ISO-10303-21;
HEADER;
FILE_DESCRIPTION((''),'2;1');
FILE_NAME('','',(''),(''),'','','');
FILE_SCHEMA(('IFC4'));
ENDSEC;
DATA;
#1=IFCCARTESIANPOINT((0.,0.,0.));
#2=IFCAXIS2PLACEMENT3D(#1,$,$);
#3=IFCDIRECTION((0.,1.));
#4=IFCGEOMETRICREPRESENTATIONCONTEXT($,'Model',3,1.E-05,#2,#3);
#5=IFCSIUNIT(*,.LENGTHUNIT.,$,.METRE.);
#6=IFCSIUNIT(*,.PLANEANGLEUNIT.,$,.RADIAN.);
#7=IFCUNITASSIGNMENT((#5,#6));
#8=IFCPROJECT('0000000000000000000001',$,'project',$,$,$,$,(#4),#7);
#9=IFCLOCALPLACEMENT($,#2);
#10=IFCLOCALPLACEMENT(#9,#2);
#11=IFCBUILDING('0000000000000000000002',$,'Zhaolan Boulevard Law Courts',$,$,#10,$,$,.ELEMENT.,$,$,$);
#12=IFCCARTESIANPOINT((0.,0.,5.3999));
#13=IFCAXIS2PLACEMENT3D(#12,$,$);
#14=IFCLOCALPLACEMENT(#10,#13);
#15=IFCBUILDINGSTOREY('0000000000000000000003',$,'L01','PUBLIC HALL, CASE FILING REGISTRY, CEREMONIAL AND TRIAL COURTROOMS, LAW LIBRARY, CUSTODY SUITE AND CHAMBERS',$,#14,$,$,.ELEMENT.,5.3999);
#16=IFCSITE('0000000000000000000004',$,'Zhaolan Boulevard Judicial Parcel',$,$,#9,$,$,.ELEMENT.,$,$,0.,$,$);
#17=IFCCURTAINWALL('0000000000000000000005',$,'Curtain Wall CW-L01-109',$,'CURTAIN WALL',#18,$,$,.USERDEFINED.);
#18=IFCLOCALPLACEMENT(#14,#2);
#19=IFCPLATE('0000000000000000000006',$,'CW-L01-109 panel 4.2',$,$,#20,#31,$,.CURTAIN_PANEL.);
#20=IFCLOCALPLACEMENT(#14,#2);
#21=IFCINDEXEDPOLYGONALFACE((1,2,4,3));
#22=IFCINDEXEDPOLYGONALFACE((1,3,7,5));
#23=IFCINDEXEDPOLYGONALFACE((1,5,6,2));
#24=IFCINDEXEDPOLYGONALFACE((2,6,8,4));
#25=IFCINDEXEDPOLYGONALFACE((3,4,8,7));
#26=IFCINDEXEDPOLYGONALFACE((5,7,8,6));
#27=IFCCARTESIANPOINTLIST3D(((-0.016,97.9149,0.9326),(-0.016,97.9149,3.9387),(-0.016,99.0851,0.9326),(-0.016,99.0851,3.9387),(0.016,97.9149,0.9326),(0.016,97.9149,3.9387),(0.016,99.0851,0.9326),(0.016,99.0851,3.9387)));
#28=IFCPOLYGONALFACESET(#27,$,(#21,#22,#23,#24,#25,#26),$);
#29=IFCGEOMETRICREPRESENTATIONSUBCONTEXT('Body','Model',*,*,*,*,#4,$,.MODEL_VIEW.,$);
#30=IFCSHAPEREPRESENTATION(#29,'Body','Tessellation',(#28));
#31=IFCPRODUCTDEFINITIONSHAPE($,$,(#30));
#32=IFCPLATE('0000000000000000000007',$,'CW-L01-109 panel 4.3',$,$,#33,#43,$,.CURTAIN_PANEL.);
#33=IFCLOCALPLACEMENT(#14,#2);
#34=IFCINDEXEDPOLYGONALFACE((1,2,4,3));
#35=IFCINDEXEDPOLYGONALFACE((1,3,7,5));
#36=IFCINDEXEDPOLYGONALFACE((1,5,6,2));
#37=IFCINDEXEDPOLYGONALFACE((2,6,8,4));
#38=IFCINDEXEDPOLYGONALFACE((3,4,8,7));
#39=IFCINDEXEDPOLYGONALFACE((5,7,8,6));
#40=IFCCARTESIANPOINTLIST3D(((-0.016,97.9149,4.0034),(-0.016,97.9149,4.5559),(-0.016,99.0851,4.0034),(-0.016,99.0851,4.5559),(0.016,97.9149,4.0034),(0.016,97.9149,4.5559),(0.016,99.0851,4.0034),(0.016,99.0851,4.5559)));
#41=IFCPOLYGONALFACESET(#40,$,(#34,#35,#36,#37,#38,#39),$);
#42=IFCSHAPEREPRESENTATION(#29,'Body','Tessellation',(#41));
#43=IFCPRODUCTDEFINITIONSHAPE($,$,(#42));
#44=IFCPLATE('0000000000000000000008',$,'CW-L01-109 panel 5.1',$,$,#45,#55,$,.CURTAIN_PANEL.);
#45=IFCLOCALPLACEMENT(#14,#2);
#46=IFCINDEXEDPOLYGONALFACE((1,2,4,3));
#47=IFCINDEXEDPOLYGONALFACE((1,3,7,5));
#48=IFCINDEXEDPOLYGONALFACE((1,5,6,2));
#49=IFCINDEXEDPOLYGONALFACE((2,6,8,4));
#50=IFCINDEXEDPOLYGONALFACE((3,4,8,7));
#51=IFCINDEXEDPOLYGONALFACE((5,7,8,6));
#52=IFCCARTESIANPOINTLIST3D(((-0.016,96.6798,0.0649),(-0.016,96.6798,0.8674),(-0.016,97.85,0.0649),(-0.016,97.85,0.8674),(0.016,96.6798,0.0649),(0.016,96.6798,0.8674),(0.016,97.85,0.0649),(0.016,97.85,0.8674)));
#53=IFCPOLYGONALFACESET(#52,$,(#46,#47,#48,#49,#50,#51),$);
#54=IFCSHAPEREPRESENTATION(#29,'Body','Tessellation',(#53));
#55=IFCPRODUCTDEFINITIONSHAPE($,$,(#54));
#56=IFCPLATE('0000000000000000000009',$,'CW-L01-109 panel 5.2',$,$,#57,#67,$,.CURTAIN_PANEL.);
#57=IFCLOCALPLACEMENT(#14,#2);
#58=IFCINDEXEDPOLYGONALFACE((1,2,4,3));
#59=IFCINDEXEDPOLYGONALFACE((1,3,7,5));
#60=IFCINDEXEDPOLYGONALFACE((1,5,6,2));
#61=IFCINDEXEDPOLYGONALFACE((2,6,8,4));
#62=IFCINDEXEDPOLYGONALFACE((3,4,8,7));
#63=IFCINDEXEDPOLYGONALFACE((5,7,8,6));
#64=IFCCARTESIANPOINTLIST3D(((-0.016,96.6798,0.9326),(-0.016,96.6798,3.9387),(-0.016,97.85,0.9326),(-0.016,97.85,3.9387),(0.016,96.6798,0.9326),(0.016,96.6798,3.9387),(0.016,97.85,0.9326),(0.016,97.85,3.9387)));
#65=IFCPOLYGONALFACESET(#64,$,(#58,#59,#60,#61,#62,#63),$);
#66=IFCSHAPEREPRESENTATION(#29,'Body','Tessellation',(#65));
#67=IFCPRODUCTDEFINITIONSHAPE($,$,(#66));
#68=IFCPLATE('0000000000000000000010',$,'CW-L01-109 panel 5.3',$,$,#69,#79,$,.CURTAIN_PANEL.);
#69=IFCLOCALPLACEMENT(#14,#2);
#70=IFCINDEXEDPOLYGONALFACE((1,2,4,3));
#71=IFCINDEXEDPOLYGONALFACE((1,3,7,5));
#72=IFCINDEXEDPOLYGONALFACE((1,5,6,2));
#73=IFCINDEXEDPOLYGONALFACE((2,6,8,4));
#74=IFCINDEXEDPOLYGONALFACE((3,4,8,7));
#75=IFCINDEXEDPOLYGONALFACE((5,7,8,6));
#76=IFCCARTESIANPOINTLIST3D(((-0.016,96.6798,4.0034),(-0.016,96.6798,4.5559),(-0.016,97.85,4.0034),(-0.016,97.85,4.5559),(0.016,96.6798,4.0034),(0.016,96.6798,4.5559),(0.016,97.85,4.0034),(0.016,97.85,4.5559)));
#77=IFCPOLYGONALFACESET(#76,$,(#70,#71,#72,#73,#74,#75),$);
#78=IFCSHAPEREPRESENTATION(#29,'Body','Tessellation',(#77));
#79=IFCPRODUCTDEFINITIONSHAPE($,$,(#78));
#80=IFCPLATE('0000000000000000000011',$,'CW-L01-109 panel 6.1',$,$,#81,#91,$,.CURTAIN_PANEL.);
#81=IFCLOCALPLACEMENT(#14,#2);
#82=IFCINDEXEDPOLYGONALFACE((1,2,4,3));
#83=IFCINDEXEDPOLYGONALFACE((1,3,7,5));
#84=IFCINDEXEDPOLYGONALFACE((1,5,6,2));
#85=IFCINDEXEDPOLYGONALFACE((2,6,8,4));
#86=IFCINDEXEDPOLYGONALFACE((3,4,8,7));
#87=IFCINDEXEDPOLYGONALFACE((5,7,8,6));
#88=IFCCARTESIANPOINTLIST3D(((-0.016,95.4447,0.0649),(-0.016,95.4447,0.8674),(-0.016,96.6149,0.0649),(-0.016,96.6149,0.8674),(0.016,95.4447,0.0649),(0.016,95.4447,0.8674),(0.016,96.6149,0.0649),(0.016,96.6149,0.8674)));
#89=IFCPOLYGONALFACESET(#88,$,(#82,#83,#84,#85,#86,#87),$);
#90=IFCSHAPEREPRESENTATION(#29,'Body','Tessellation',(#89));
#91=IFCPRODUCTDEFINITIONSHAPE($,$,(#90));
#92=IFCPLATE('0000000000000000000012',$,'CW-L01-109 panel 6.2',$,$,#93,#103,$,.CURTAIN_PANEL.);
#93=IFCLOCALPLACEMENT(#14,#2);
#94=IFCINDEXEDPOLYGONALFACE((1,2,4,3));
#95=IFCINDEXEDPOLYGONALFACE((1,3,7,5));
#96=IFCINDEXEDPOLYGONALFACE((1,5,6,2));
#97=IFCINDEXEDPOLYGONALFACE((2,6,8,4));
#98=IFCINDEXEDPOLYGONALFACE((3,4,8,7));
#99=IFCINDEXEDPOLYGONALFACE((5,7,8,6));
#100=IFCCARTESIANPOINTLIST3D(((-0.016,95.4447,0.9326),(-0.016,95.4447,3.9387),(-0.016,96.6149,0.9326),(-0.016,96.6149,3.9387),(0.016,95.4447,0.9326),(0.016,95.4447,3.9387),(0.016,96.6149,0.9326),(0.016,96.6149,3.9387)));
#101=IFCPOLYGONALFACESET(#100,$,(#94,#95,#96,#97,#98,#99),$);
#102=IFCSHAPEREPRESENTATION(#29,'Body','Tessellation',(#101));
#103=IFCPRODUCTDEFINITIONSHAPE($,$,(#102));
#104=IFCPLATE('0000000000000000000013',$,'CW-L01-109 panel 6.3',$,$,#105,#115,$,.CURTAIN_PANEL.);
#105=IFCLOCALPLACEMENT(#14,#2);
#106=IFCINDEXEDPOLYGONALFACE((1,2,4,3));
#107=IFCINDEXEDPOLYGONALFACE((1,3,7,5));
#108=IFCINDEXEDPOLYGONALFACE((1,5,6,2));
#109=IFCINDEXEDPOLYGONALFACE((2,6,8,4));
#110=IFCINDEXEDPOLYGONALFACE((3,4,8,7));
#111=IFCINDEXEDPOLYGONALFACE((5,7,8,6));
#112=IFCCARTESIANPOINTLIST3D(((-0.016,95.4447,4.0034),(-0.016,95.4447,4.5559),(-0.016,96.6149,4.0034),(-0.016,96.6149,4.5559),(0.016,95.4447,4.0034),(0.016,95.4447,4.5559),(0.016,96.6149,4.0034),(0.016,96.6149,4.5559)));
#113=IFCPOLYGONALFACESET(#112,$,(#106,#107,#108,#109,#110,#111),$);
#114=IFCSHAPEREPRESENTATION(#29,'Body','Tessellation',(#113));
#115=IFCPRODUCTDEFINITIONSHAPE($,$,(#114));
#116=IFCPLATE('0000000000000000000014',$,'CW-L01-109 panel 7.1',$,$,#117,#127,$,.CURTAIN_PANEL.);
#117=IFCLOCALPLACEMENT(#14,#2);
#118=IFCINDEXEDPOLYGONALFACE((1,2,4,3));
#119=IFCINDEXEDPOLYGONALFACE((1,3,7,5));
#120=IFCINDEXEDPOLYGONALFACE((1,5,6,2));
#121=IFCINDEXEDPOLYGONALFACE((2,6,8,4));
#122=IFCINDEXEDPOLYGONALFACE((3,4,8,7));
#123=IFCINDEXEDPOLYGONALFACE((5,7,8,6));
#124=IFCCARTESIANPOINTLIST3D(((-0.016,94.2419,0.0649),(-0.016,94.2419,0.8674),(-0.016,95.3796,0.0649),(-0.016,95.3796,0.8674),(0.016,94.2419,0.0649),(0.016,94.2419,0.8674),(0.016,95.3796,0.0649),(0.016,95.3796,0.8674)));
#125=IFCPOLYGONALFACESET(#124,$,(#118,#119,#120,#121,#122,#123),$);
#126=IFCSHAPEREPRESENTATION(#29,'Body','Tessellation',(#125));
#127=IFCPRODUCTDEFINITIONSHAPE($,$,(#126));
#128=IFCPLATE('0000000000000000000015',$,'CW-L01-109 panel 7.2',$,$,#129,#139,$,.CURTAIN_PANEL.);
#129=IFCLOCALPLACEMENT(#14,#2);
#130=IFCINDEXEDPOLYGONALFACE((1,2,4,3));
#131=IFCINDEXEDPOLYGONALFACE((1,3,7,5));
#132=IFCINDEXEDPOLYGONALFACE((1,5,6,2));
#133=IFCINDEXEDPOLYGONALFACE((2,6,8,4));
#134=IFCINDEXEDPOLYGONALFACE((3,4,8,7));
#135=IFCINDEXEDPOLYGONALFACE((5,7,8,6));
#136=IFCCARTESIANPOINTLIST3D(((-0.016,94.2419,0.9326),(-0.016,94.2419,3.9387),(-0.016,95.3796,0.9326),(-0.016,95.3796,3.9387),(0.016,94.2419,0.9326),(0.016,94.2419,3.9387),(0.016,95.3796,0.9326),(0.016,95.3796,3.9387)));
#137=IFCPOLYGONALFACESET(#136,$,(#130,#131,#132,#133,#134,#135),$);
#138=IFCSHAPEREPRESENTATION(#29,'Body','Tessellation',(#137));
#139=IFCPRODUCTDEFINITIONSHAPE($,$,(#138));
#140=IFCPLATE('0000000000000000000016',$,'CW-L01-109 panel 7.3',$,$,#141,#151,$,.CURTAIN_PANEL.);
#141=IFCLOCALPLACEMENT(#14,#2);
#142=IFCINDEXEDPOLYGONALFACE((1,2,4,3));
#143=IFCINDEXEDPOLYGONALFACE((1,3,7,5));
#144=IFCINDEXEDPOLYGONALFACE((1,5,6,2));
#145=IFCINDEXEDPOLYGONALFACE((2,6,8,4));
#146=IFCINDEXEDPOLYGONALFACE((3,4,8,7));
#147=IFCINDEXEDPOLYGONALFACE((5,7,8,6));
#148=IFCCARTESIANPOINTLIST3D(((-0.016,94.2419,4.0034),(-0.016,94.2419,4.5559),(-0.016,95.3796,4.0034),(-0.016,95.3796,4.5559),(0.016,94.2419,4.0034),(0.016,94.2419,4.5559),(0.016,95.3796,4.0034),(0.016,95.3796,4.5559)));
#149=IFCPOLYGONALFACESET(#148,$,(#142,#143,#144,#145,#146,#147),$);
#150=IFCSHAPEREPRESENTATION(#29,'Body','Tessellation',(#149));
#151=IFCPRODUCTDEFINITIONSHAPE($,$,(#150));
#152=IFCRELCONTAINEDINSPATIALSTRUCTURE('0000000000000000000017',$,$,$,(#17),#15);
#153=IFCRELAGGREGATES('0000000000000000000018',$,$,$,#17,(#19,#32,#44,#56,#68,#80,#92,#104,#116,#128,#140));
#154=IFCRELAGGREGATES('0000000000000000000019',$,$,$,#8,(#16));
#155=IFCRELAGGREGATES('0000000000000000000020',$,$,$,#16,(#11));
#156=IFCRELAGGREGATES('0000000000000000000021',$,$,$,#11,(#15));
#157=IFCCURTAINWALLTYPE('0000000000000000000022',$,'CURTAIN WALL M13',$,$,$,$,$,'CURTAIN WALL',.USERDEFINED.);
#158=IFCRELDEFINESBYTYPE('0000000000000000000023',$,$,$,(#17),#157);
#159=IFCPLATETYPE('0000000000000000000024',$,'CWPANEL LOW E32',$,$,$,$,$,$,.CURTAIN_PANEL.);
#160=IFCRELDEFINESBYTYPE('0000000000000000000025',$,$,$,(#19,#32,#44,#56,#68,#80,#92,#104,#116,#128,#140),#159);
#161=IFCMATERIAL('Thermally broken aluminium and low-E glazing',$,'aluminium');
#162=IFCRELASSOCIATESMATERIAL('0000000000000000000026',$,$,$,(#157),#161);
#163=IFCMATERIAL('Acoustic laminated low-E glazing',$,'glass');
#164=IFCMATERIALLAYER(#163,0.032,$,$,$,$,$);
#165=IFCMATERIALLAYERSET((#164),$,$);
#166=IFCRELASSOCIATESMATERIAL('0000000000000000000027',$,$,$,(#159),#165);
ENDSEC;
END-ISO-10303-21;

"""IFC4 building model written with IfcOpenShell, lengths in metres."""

from ifc_helpers import new_model, si_unit, direction, frame, origin, origin_2d, place, context, subcontext, project, spatial, rectangle, extrude, material, layer, layer_set, type_object, element, aggregate, save


model = new_model("IFC4")

# Units and contexts
model_context = context("Model", 3, precision=1e-05, world=origin(), true_north=direction((0.0, 1.0)))
body_context = subcontext(model_context, "Body", "Model", "MODEL_VIEW")
ifc_project = project(units=[si_unit("LENGTHUNIT", "METRE"), si_unit("PLANEANGLEUNIT", "RADIAN")], contexts=[model_context])

# Site, building, storey
site_placement = place(None, origin())
site = spatial("IfcSite", under=ifc_project, at=site_placement, Name="Zhaolan Boulevard Judicial Parcel", CompositionType="ELEMENT", RefElevation=0.0)
building_placement = place(site_placement, origin())
building = spatial("IfcBuilding", under=site, at=building_placement, Name="Zhaolan Boulevard Law Courts", CompositionType="ELEMENT")
storey_placement = place(building_placement, frame((0.0, 0.0, 5.3999)))
storey = spatial("IfcBuildingStorey", under=building, at=storey_placement, Name="L01", Description="PUBLIC HALL, CASE FILING REGISTRY, CEREMONIAL AND TRIAL COURTROOMS, LAW LIBRARY, CUSTODY SUITE AND CHAMBERS", CompositionType="ELEMENT", Elevation=5.3999)

# Curtain wall
ifc_material_1 = material(Name="Thermally broken aluminium and low-E glazing", Category="aluminium")
curtain_wall_type = type_object("IfcCurtainWallType", Name="CURTAIN WALL M13", ElementType="CURTAIN WALL", PredefinedType="USERDEFINED", material=ifc_material_1)
curtain_wall_placement = place(storey_placement, origin())
curtain_wall = element("IfcCurtainWall", 1, at=curtain_wall_placement, inside=storey, type_object=curtain_wall_type, Name="Curtain Wall CW-L01-109", ObjectType="CURTAIN WALL", PredefinedType="USERDEFINED")

# Plates
ifc_material_2 = material(Name="Acoustic laminated low-E glazing", Category="glass")
ifc_layer = layer(ifc_material_2, 0.032)
ifc_layer_set = layer_set([ifc_layer])
plate_type = type_object("IfcPlateType", Name="CWPANEL LOW E32", PredefinedType="CURTAIN_PANEL", material=ifc_layer_set)
plate_1_placement = place(storey_placement, frame((0.0, 98.5, 0.9326), z_axis=(0.0, 0.0, 1.0), x_axis=(0.0, -1.0, 0.0)))
plate_1 = element("IfcPlate", 2, at=plate_1_placement, type_object=plate_type, Name="CW-L01-109 panel 4.2", PredefinedType="CURTAIN_PANEL", context=body_context, shape_type="SweptSolid", body=[
    extrude(rectangle(XDim=1.1702, YDim=0.032, at=origin_2d()), origin(), (0.0, 0.0, 1.0), 3.0061),
])
plate_2_placement = place(storey_placement, frame((0.0, 98.5, 4.0034), z_axis=(0.0, 0.0, 1.0), x_axis=(0.0, -1.0, 0.0)))
plate_2 = element("IfcPlate", 3, at=plate_2_placement, type_object=plate_type, Name="CW-L01-109 panel 4.3", PredefinedType="CURTAIN_PANEL", context=body_context, shape_type="SweptSolid", body=[
    extrude(rectangle(XDim=1.1702, YDim=0.032, at=origin_2d()), origin(), (0.0, 0.0, 1.0), 0.5525),
])
plate_3_placement = place(storey_placement, frame((0.0, 97.2649, 0.0649), z_axis=(0.0, 0.0, 1.0), x_axis=(0.0, -1.0, 0.0)))
plate_3 = element("IfcPlate", 4, at=plate_3_placement, type_object=plate_type, Name="CW-L01-109 panel 5.1", PredefinedType="CURTAIN_PANEL", context=body_context, shape_type="SweptSolid", body=[
    extrude(rectangle(XDim=1.1702, YDim=0.032, at=origin_2d()), origin(), (0.0, 0.0, 1.0), 0.8025),
])
plate_4_placement = place(storey_placement, frame((0.0, 97.2649, 0.9326), z_axis=(0.0, 0.0, 1.0), x_axis=(0.0, -1.0, 0.0)))
plate_4 = element("IfcPlate", 5, at=plate_4_placement, type_object=plate_type, Name="CW-L01-109 panel 5.2", PredefinedType="CURTAIN_PANEL", context=body_context, shape_type="SweptSolid", body=[
    extrude(rectangle(XDim=1.1702, YDim=0.032, at=origin_2d()), origin(), (0.0, 0.0, 1.0), 3.0061),
])
plate_5_placement = place(storey_placement, frame((0.0, 97.2649, 4.0034), z_axis=(0.0, 0.0, 1.0), x_axis=(0.0, -1.0, 0.0)))
plate_5 = element("IfcPlate", 6, at=plate_5_placement, type_object=plate_type, Name="CW-L01-109 panel 5.3", PredefinedType="CURTAIN_PANEL", context=body_context, shape_type="SweptSolid", body=[
    extrude(rectangle(XDim=1.1702, YDim=0.032, at=origin_2d()), origin(), (0.0, 0.0, 1.0), 0.5525),
])
plate_6_placement = place(storey_placement, frame((0.0, 96.0298, 0.0649), z_axis=(0.0, 0.0, 1.0), x_axis=(0.0, -1.0, 0.0)))
plate_6 = element("IfcPlate", 7, at=plate_6_placement, type_object=plate_type, Name="CW-L01-109 panel 6.1", PredefinedType="CURTAIN_PANEL", context=body_context, shape_type="SweptSolid", body=[
    extrude(rectangle(XDim=1.1702, YDim=0.032, at=origin_2d()), origin(), (0.0, 0.0, 1.0), 0.8025),
])
plate_7_placement = place(storey_placement, frame((0.0, 96.0298, 0.9326), z_axis=(0.0, 0.0, 1.0), x_axis=(0.0, -1.0, 0.0)))
plate_7 = element("IfcPlate", 8, at=plate_7_placement, type_object=plate_type, Name="CW-L01-109 panel 6.2", PredefinedType="CURTAIN_PANEL", context=body_context, shape_type="SweptSolid", body=[
    extrude(rectangle(XDim=1.1702, YDim=0.032, at=origin_2d()), origin(), (0.0, 0.0, 1.0), 3.0061),
])
plate_8_placement = place(storey_placement, frame((0.0, 96.0298, 4.0034), z_axis=(0.0, 0.0, 1.0), x_axis=(0.0, -1.0, 0.0)))
plate_8 = element("IfcPlate", 9, at=plate_8_placement, type_object=plate_type, Name="CW-L01-109 panel 6.3", PredefinedType="CURTAIN_PANEL", context=body_context, shape_type="SweptSolid", body=[
    extrude(rectangle(XDim=1.1702, YDim=0.032, at=origin_2d()), origin(), (0.0, 0.0, 1.0), 0.5525),
])
plate_9_placement = place(storey_placement, frame((0.0, 94.8108, 0.0649), z_axis=(0.0, 0.0, 1.0), x_axis=(0.0, -1.0, 0.0)))
plate_9 = element("IfcPlate", 10, at=plate_9_placement, type_object=plate_type, Name="CW-L01-109 panel 7.1", PredefinedType="CURTAIN_PANEL", context=body_context, shape_type="SweptSolid", body=[
    extrude(rectangle(XDim=1.1377, YDim=0.032, at=origin_2d()), origin(), (0.0, 0.0, 1.0), 0.8025),
])
plate_10_placement = place(storey_placement, frame((0.0, 94.8108, 0.9326), z_axis=(0.0, 0.0, 1.0), x_axis=(0.0, -1.0, 0.0)))
plate_10 = element("IfcPlate", 11, at=plate_10_placement, type_object=plate_type, Name="CW-L01-109 panel 7.2", PredefinedType="CURTAIN_PANEL", context=body_context, shape_type="SweptSolid", body=[
    extrude(rectangle(XDim=1.1377, YDim=0.032, at=origin_2d()), origin(), (0.0, 0.0, 1.0), 3.0061),
])
plate_11_placement = place(storey_placement, frame((0.0, 94.8108, 4.0034), z_axis=(0.0, 0.0, 1.0), x_axis=(0.0, -1.0, 0.0)))
plate_11 = element("IfcPlate", 12, at=plate_11_placement, type_object=plate_type, Name="CW-L01-109 panel 7.3", PredefinedType="CURTAIN_PANEL", context=body_context, shape_type="SweptSolid", body=[
    extrude(rectangle(XDim=1.1377, YDim=0.032, at=origin_2d()), origin(), (0.0, 0.0, 1.0), 0.5525),
])
aggregate(curtain_wall, [plate_1, plate_2, plate_3, plate_4, plate_5, plate_6, plate_7, plate_8, plate_9, plate_10, plate_11])

save(model, "model.ifc")
